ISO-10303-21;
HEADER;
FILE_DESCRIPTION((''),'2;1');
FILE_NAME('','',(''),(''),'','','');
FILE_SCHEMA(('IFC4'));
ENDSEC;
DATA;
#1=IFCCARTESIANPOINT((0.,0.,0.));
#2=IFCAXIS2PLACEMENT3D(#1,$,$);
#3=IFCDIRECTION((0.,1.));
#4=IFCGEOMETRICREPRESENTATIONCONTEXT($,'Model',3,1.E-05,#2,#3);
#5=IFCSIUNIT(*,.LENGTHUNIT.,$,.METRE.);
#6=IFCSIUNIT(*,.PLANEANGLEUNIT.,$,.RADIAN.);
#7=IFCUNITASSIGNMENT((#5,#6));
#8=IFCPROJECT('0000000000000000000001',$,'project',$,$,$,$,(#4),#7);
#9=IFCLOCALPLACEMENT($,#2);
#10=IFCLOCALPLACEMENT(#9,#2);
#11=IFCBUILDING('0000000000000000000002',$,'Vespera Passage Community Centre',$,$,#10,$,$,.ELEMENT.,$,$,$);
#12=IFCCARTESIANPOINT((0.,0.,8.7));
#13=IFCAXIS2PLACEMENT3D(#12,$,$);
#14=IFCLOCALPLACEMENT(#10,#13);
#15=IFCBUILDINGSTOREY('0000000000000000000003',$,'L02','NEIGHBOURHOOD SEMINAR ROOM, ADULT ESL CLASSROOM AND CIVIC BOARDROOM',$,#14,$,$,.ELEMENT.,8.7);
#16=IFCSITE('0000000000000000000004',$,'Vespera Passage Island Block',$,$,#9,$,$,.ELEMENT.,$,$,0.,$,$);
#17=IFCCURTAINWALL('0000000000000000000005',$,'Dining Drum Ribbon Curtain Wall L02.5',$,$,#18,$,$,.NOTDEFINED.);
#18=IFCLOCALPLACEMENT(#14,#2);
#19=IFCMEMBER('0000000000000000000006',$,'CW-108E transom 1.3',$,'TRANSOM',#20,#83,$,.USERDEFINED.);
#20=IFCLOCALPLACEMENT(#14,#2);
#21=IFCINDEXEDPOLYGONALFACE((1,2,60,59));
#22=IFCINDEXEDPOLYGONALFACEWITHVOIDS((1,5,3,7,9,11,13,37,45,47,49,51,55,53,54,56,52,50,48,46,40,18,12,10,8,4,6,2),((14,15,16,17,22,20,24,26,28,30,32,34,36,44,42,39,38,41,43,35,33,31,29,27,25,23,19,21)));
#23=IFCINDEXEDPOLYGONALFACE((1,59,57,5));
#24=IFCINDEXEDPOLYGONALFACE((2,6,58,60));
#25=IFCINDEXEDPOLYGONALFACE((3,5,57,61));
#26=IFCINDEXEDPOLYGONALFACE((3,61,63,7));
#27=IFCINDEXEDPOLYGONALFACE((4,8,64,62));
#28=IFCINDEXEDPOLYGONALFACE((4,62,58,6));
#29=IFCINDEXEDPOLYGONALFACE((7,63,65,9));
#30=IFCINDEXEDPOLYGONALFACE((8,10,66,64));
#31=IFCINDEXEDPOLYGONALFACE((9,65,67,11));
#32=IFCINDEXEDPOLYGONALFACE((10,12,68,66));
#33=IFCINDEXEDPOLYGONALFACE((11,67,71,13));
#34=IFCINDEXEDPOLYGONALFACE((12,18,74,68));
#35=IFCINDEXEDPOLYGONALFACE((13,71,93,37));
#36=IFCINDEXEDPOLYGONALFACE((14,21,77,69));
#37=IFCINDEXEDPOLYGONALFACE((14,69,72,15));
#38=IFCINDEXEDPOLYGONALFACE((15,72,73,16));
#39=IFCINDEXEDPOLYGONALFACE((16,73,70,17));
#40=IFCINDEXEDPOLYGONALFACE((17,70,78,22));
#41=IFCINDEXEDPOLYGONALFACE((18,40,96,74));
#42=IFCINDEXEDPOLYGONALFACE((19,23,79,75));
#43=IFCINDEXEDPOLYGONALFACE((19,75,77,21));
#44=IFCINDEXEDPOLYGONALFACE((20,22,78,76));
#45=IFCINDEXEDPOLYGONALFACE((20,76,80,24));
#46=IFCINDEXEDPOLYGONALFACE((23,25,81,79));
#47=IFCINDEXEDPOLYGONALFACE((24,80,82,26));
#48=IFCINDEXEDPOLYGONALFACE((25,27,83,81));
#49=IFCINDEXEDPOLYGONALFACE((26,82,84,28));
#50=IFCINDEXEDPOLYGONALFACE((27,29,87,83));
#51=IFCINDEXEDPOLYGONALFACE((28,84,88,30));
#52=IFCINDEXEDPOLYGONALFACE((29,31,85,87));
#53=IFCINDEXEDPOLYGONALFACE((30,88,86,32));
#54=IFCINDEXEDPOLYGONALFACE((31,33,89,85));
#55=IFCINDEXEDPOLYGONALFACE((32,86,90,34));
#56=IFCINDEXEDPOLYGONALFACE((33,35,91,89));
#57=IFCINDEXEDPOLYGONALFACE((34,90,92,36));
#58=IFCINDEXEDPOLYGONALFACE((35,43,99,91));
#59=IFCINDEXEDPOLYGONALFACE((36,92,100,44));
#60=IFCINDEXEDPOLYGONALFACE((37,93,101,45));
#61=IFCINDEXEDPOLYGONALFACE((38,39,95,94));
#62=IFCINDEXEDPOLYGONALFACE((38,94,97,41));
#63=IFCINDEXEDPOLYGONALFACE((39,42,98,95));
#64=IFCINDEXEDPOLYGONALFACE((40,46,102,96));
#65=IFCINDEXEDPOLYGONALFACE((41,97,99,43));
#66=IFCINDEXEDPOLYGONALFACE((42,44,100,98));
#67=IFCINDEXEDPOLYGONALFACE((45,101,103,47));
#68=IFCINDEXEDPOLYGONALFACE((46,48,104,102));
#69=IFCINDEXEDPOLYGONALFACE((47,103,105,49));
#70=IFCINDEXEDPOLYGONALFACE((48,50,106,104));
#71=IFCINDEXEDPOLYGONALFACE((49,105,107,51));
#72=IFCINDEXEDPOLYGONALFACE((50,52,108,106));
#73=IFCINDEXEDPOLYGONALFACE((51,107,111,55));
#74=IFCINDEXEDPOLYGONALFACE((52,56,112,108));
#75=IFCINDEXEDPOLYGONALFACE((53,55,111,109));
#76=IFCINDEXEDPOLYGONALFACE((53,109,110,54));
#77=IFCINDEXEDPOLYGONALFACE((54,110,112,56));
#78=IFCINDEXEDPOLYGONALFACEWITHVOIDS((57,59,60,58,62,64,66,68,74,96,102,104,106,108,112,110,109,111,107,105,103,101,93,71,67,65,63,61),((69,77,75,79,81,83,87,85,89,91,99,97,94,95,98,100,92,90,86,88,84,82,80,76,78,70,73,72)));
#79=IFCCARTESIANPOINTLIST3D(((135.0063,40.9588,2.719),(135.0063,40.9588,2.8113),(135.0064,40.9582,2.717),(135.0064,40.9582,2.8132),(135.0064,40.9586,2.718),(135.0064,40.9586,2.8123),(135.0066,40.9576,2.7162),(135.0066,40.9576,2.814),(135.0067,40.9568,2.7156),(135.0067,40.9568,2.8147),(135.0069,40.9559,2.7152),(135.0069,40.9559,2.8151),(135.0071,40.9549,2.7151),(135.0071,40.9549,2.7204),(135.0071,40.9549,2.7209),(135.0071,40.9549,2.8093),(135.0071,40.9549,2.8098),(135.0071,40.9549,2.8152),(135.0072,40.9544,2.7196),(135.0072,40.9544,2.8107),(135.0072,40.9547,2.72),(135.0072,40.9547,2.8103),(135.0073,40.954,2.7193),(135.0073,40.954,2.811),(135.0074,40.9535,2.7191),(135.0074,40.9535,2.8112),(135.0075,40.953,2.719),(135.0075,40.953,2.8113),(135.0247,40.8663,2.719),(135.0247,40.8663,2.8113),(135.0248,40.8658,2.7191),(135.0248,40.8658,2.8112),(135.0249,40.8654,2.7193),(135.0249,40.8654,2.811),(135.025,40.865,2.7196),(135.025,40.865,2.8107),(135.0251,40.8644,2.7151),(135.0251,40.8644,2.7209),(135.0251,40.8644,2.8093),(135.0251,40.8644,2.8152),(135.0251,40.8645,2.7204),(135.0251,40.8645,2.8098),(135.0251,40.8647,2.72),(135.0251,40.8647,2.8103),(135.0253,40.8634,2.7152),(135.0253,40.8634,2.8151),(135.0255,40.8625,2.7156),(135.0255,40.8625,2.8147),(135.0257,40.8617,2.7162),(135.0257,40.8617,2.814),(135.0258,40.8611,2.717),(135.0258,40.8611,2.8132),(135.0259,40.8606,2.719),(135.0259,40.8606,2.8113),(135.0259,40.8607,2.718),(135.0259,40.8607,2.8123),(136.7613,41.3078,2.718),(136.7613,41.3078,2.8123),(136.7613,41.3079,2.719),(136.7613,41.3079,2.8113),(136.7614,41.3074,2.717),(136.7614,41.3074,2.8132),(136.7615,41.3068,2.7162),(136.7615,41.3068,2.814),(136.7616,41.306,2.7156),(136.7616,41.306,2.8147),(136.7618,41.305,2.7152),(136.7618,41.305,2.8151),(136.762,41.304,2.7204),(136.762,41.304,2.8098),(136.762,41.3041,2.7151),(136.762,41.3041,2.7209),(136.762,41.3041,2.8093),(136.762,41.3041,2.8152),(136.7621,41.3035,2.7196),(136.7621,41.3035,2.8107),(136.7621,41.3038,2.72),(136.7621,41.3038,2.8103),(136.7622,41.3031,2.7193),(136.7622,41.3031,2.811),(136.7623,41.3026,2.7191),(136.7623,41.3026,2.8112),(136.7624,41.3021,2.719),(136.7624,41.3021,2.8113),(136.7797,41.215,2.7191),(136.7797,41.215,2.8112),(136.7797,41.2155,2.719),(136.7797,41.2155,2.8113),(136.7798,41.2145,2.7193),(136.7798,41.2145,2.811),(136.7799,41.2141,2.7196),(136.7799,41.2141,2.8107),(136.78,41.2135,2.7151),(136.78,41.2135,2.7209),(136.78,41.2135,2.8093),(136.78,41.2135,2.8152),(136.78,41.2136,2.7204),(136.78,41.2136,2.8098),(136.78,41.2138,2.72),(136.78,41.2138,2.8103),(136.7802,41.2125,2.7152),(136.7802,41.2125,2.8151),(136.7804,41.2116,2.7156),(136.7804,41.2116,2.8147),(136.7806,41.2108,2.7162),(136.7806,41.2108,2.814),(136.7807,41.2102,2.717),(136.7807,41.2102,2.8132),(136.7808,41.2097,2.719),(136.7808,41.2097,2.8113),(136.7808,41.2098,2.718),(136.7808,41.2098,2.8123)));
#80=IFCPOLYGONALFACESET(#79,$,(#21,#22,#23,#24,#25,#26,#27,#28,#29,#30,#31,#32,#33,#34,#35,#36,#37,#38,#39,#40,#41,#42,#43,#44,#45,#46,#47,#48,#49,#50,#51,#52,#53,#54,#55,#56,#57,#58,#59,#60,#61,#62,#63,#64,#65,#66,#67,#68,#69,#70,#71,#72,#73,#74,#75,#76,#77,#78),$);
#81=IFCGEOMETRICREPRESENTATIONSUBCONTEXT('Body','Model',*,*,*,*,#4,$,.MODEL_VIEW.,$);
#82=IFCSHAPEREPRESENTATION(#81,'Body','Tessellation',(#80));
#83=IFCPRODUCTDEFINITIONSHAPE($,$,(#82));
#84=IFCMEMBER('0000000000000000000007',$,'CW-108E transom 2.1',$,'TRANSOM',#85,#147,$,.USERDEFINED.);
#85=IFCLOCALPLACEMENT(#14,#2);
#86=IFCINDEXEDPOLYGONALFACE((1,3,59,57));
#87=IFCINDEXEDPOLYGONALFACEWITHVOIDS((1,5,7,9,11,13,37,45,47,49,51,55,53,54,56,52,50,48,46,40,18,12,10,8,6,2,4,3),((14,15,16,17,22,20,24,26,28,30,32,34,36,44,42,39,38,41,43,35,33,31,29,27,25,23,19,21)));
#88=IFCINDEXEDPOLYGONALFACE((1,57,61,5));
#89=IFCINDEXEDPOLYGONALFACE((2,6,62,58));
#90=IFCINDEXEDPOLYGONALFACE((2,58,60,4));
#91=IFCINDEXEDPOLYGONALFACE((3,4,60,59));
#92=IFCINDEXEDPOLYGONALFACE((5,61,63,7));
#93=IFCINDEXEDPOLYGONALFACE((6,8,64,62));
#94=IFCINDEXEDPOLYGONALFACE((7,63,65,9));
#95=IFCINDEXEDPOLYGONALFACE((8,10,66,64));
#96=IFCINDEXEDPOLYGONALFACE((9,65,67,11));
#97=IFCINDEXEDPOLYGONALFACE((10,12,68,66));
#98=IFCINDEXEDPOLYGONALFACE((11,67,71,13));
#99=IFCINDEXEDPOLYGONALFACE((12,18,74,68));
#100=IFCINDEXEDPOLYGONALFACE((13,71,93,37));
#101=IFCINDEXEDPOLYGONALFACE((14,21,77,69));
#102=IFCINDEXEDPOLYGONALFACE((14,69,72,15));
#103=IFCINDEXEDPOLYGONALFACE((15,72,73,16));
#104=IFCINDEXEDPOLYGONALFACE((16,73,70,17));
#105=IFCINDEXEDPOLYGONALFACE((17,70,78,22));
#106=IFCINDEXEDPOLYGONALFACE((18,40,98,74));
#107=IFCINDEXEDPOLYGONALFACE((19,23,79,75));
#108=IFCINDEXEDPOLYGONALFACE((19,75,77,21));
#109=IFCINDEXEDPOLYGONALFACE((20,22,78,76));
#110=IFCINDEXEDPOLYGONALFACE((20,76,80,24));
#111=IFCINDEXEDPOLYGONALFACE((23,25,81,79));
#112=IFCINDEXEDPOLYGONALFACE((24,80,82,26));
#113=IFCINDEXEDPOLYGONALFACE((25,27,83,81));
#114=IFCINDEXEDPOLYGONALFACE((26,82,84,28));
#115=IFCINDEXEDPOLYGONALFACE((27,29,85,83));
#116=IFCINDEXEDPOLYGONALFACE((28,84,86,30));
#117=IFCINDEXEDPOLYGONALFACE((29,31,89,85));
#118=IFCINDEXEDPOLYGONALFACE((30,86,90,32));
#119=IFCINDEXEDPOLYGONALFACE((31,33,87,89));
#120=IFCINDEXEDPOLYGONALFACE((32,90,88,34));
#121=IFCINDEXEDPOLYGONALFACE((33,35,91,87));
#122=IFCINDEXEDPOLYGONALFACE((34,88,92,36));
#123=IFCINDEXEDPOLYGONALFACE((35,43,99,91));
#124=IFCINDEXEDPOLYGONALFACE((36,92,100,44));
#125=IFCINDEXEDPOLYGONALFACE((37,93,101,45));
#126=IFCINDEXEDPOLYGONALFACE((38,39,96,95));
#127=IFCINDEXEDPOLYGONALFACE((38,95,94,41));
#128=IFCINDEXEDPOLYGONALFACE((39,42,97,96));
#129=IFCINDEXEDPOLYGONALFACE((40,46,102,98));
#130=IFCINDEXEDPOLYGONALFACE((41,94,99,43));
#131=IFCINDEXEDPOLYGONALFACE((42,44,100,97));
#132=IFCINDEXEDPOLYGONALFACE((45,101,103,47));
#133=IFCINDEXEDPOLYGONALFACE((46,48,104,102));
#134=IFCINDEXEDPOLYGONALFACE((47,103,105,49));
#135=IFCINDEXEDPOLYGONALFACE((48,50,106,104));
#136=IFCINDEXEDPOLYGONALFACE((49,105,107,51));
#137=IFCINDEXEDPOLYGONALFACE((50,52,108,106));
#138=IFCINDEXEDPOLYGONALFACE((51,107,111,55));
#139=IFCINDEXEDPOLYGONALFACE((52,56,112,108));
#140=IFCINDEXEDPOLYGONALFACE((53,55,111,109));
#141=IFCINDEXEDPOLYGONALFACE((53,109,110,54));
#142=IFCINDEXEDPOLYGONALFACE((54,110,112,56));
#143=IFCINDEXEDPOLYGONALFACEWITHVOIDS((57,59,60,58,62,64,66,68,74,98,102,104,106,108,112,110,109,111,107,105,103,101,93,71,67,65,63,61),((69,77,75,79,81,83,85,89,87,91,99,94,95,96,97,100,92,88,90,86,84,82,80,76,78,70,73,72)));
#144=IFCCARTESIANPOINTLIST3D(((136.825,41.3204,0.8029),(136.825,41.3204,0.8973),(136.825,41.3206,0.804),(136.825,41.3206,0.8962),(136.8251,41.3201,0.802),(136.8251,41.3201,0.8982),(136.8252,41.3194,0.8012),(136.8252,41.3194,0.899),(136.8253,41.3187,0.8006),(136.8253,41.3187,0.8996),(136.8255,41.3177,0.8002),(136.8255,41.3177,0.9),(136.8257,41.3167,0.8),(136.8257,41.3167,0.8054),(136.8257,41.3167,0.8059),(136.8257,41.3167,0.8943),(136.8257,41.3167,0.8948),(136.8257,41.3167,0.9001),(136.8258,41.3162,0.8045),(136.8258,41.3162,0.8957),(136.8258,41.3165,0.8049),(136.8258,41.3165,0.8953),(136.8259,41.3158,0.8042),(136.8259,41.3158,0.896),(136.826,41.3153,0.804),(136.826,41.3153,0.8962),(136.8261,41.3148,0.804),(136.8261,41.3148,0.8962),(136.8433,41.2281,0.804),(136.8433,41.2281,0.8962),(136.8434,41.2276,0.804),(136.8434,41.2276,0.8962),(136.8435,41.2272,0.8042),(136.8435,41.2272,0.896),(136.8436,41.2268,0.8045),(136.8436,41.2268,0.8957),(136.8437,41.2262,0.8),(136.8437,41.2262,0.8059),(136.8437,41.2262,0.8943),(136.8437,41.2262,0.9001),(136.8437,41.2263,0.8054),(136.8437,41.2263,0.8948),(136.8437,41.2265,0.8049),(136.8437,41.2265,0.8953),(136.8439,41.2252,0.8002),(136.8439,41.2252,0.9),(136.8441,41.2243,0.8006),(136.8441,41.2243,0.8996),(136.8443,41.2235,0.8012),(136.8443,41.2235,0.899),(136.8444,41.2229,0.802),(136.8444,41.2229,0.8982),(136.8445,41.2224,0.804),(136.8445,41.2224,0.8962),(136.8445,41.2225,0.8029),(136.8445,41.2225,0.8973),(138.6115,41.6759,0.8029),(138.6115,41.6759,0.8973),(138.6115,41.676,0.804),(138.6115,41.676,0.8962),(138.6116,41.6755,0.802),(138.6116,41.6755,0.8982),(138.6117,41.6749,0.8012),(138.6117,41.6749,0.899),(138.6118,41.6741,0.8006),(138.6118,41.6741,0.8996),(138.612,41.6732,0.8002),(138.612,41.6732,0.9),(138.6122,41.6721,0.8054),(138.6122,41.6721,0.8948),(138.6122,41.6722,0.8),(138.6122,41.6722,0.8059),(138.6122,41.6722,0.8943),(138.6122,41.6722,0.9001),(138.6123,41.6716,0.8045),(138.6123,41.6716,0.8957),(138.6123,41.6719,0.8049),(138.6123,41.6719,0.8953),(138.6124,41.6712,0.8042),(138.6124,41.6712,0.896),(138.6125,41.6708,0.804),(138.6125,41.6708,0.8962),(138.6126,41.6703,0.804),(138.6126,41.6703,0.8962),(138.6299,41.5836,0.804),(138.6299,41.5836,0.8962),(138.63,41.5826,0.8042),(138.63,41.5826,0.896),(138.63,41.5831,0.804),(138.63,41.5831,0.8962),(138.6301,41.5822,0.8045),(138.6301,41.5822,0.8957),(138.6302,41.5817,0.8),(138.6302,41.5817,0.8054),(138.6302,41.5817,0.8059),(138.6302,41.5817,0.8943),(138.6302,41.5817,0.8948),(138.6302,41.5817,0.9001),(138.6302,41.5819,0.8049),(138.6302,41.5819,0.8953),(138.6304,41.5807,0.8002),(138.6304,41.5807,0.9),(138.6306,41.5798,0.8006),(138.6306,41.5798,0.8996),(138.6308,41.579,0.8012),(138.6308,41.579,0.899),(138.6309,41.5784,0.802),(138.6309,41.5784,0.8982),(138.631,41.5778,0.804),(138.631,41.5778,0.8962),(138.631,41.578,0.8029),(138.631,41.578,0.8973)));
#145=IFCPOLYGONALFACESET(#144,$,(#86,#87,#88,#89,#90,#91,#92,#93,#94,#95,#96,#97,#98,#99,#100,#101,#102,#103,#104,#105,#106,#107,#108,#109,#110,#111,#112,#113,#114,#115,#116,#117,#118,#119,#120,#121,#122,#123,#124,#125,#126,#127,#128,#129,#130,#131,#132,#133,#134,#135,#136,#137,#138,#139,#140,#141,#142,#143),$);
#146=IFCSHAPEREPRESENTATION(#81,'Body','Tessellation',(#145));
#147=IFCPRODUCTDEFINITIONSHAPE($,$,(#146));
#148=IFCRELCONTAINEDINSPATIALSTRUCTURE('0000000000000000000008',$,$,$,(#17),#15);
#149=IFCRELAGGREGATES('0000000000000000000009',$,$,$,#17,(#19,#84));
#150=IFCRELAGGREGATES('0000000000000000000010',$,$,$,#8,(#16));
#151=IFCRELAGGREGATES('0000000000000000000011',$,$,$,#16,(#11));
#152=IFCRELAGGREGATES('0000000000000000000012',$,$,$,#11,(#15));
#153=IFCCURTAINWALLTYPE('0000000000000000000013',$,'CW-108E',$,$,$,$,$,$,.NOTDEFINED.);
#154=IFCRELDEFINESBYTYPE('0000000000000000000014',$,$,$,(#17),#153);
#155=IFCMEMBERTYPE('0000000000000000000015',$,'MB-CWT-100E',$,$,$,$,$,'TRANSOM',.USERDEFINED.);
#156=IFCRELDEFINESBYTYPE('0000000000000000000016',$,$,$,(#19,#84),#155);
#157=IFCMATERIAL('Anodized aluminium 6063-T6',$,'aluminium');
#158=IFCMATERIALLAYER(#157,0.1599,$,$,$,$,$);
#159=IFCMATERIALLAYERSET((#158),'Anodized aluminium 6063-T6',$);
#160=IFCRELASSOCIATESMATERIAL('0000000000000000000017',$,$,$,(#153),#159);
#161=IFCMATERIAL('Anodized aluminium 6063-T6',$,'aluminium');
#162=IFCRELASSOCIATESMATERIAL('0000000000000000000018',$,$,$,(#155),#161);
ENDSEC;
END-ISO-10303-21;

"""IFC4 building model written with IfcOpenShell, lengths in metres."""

from ifc_helpers import new_model, si_unit, direction, frame, origin, origin_2d, place, context, subcontext, project, spatial, hollow_rectangle, extrude, material, layer, layer_set, material_profile, profile_set, type_object, element, aggregate, save


model = new_model("IFC4")

# Units and contexts
model_context = context("Model", 3, precision=1e-05, world=origin(), true_north=direction((0.0, 1.0)))
body_context = subcontext(model_context, "Body", "Model", "MODEL_VIEW")
ifc_project = project(units=[si_unit("LENGTHUNIT", "METRE"), si_unit("PLANEANGLEUNIT", "RADIAN")], contexts=[model_context])

# Site, building, storey
site_placement = place(None, origin())
site = spatial("IfcSite", under=ifc_project, at=site_placement, Name="Vespera Passage Island Block", CompositionType="ELEMENT", RefElevation=0.0)
building_placement = place(site_placement, origin())
building = spatial("IfcBuilding", under=site, at=building_placement, Name="Vespera Passage Community Centre", CompositionType="ELEMENT")
storey_placement = place(building_placement, frame((0.0, 0.0, 8.7)))
storey = spatial("IfcBuildingStorey", under=building, at=storey_placement, Name="L02", Description="NEIGHBOURHOOD SEMINAR ROOM, ADULT ESL CLASSROOM AND CIVIC BOARDROOM", CompositionType="ELEMENT", Elevation=8.7)

# Curtain wall
ifc_material_1 = material(Name="Anodized aluminium 6063-T6", Category="aluminium")
ifc_layer_1 = layer(ifc_material_1, 0.1599)
ifc_layer_set_1 = layer_set([ifc_layer_1], Name="Anodized aluminium 6063-T6")
curtain_wall_type_1 = type_object("IfcCurtainWallType", Name="CW-108E", PredefinedType="NOTDEFINED", material=ifc_layer_set_1)
curtain_wall_1_placement = place(storey_placement, origin())
curtain_wall_1 = element("IfcCurtainWall", 1, at=curtain_wall_1_placement, inside=storey, type_object=curtain_wall_type_1, Name="Dining Drum Ribbon Curtain Wall L02.5", PredefinedType="NOTDEFINED")

# Members
ifc_material_2 = material(Name="Anodized aluminium 6063-T6", Category="aluminium")
ifc_material_profile_1 = material_profile(ifc_material_2, hollow_rectangle(XDim=0.1001, YDim=0.1001, WallThickness=0.0039, InnerFilletRadius=0.002, OuterFilletRadius=0.0039, at=origin_2d()), Name="ALU100X100X4")
ifc_profile_set_1 = profile_set([ifc_material_profile_1], Name="Anodized aluminium 6063-T6")
member_type_1 = type_object("IfcMemberType", Name="MB-CWT-100E", ElementType="TRANSOM", PredefinedType="USERDEFINED", material=ifc_profile_set_1)
member_1_placement = place(storey_placement, frame((135.0161, 40.9097, 2.7651), z_axis=(0.98078, 0.195119, 0.0), x_axis=(-0.195119, 0.98078, 0.0)))
member_1 = element("IfcMember", 2, at=member_1_placement, type_object=member_type_1, Name="CW-108E transom 1.3", ObjectType="TRANSOM", PredefinedType="USERDEFINED", context=body_context, shape_type="SweptSolid", body=[
    extrude(hollow_rectangle(XDim=0.1001, YDim=0.1001, WallThickness=0.0039, InnerFilletRadius=0.002, OuterFilletRadius=0.0039, at=origin_2d()), origin(), (0.0, 0.0, 1.0), 1.7893),
])
member_2_placement = place(storey_placement, frame((136.8347, 41.2715, 0.8501), z_axis=(0.980776, 0.195137, 0.0), x_axis=(-0.195137, 0.980776, 0.0)))
member_2 = element("IfcMember", 3, at=member_2_placement, type_object=member_type_1, Name="CW-108E transom 2.1", ObjectType="TRANSOM", PredefinedType="USERDEFINED", context=body_context, shape_type="SweptSolid", body=[
    extrude(hollow_rectangle(XDim=0.1001, YDim=0.1001, WallThickness=0.0039, InnerFilletRadius=0.002, OuterFilletRadius=0.0039, at=origin_2d()), origin(), (0.0, 0.0, 1.0), 1.8215),
])

aggregate(curtain_wall_1, [member_1, member_2])

save(model, "model.ifc")
